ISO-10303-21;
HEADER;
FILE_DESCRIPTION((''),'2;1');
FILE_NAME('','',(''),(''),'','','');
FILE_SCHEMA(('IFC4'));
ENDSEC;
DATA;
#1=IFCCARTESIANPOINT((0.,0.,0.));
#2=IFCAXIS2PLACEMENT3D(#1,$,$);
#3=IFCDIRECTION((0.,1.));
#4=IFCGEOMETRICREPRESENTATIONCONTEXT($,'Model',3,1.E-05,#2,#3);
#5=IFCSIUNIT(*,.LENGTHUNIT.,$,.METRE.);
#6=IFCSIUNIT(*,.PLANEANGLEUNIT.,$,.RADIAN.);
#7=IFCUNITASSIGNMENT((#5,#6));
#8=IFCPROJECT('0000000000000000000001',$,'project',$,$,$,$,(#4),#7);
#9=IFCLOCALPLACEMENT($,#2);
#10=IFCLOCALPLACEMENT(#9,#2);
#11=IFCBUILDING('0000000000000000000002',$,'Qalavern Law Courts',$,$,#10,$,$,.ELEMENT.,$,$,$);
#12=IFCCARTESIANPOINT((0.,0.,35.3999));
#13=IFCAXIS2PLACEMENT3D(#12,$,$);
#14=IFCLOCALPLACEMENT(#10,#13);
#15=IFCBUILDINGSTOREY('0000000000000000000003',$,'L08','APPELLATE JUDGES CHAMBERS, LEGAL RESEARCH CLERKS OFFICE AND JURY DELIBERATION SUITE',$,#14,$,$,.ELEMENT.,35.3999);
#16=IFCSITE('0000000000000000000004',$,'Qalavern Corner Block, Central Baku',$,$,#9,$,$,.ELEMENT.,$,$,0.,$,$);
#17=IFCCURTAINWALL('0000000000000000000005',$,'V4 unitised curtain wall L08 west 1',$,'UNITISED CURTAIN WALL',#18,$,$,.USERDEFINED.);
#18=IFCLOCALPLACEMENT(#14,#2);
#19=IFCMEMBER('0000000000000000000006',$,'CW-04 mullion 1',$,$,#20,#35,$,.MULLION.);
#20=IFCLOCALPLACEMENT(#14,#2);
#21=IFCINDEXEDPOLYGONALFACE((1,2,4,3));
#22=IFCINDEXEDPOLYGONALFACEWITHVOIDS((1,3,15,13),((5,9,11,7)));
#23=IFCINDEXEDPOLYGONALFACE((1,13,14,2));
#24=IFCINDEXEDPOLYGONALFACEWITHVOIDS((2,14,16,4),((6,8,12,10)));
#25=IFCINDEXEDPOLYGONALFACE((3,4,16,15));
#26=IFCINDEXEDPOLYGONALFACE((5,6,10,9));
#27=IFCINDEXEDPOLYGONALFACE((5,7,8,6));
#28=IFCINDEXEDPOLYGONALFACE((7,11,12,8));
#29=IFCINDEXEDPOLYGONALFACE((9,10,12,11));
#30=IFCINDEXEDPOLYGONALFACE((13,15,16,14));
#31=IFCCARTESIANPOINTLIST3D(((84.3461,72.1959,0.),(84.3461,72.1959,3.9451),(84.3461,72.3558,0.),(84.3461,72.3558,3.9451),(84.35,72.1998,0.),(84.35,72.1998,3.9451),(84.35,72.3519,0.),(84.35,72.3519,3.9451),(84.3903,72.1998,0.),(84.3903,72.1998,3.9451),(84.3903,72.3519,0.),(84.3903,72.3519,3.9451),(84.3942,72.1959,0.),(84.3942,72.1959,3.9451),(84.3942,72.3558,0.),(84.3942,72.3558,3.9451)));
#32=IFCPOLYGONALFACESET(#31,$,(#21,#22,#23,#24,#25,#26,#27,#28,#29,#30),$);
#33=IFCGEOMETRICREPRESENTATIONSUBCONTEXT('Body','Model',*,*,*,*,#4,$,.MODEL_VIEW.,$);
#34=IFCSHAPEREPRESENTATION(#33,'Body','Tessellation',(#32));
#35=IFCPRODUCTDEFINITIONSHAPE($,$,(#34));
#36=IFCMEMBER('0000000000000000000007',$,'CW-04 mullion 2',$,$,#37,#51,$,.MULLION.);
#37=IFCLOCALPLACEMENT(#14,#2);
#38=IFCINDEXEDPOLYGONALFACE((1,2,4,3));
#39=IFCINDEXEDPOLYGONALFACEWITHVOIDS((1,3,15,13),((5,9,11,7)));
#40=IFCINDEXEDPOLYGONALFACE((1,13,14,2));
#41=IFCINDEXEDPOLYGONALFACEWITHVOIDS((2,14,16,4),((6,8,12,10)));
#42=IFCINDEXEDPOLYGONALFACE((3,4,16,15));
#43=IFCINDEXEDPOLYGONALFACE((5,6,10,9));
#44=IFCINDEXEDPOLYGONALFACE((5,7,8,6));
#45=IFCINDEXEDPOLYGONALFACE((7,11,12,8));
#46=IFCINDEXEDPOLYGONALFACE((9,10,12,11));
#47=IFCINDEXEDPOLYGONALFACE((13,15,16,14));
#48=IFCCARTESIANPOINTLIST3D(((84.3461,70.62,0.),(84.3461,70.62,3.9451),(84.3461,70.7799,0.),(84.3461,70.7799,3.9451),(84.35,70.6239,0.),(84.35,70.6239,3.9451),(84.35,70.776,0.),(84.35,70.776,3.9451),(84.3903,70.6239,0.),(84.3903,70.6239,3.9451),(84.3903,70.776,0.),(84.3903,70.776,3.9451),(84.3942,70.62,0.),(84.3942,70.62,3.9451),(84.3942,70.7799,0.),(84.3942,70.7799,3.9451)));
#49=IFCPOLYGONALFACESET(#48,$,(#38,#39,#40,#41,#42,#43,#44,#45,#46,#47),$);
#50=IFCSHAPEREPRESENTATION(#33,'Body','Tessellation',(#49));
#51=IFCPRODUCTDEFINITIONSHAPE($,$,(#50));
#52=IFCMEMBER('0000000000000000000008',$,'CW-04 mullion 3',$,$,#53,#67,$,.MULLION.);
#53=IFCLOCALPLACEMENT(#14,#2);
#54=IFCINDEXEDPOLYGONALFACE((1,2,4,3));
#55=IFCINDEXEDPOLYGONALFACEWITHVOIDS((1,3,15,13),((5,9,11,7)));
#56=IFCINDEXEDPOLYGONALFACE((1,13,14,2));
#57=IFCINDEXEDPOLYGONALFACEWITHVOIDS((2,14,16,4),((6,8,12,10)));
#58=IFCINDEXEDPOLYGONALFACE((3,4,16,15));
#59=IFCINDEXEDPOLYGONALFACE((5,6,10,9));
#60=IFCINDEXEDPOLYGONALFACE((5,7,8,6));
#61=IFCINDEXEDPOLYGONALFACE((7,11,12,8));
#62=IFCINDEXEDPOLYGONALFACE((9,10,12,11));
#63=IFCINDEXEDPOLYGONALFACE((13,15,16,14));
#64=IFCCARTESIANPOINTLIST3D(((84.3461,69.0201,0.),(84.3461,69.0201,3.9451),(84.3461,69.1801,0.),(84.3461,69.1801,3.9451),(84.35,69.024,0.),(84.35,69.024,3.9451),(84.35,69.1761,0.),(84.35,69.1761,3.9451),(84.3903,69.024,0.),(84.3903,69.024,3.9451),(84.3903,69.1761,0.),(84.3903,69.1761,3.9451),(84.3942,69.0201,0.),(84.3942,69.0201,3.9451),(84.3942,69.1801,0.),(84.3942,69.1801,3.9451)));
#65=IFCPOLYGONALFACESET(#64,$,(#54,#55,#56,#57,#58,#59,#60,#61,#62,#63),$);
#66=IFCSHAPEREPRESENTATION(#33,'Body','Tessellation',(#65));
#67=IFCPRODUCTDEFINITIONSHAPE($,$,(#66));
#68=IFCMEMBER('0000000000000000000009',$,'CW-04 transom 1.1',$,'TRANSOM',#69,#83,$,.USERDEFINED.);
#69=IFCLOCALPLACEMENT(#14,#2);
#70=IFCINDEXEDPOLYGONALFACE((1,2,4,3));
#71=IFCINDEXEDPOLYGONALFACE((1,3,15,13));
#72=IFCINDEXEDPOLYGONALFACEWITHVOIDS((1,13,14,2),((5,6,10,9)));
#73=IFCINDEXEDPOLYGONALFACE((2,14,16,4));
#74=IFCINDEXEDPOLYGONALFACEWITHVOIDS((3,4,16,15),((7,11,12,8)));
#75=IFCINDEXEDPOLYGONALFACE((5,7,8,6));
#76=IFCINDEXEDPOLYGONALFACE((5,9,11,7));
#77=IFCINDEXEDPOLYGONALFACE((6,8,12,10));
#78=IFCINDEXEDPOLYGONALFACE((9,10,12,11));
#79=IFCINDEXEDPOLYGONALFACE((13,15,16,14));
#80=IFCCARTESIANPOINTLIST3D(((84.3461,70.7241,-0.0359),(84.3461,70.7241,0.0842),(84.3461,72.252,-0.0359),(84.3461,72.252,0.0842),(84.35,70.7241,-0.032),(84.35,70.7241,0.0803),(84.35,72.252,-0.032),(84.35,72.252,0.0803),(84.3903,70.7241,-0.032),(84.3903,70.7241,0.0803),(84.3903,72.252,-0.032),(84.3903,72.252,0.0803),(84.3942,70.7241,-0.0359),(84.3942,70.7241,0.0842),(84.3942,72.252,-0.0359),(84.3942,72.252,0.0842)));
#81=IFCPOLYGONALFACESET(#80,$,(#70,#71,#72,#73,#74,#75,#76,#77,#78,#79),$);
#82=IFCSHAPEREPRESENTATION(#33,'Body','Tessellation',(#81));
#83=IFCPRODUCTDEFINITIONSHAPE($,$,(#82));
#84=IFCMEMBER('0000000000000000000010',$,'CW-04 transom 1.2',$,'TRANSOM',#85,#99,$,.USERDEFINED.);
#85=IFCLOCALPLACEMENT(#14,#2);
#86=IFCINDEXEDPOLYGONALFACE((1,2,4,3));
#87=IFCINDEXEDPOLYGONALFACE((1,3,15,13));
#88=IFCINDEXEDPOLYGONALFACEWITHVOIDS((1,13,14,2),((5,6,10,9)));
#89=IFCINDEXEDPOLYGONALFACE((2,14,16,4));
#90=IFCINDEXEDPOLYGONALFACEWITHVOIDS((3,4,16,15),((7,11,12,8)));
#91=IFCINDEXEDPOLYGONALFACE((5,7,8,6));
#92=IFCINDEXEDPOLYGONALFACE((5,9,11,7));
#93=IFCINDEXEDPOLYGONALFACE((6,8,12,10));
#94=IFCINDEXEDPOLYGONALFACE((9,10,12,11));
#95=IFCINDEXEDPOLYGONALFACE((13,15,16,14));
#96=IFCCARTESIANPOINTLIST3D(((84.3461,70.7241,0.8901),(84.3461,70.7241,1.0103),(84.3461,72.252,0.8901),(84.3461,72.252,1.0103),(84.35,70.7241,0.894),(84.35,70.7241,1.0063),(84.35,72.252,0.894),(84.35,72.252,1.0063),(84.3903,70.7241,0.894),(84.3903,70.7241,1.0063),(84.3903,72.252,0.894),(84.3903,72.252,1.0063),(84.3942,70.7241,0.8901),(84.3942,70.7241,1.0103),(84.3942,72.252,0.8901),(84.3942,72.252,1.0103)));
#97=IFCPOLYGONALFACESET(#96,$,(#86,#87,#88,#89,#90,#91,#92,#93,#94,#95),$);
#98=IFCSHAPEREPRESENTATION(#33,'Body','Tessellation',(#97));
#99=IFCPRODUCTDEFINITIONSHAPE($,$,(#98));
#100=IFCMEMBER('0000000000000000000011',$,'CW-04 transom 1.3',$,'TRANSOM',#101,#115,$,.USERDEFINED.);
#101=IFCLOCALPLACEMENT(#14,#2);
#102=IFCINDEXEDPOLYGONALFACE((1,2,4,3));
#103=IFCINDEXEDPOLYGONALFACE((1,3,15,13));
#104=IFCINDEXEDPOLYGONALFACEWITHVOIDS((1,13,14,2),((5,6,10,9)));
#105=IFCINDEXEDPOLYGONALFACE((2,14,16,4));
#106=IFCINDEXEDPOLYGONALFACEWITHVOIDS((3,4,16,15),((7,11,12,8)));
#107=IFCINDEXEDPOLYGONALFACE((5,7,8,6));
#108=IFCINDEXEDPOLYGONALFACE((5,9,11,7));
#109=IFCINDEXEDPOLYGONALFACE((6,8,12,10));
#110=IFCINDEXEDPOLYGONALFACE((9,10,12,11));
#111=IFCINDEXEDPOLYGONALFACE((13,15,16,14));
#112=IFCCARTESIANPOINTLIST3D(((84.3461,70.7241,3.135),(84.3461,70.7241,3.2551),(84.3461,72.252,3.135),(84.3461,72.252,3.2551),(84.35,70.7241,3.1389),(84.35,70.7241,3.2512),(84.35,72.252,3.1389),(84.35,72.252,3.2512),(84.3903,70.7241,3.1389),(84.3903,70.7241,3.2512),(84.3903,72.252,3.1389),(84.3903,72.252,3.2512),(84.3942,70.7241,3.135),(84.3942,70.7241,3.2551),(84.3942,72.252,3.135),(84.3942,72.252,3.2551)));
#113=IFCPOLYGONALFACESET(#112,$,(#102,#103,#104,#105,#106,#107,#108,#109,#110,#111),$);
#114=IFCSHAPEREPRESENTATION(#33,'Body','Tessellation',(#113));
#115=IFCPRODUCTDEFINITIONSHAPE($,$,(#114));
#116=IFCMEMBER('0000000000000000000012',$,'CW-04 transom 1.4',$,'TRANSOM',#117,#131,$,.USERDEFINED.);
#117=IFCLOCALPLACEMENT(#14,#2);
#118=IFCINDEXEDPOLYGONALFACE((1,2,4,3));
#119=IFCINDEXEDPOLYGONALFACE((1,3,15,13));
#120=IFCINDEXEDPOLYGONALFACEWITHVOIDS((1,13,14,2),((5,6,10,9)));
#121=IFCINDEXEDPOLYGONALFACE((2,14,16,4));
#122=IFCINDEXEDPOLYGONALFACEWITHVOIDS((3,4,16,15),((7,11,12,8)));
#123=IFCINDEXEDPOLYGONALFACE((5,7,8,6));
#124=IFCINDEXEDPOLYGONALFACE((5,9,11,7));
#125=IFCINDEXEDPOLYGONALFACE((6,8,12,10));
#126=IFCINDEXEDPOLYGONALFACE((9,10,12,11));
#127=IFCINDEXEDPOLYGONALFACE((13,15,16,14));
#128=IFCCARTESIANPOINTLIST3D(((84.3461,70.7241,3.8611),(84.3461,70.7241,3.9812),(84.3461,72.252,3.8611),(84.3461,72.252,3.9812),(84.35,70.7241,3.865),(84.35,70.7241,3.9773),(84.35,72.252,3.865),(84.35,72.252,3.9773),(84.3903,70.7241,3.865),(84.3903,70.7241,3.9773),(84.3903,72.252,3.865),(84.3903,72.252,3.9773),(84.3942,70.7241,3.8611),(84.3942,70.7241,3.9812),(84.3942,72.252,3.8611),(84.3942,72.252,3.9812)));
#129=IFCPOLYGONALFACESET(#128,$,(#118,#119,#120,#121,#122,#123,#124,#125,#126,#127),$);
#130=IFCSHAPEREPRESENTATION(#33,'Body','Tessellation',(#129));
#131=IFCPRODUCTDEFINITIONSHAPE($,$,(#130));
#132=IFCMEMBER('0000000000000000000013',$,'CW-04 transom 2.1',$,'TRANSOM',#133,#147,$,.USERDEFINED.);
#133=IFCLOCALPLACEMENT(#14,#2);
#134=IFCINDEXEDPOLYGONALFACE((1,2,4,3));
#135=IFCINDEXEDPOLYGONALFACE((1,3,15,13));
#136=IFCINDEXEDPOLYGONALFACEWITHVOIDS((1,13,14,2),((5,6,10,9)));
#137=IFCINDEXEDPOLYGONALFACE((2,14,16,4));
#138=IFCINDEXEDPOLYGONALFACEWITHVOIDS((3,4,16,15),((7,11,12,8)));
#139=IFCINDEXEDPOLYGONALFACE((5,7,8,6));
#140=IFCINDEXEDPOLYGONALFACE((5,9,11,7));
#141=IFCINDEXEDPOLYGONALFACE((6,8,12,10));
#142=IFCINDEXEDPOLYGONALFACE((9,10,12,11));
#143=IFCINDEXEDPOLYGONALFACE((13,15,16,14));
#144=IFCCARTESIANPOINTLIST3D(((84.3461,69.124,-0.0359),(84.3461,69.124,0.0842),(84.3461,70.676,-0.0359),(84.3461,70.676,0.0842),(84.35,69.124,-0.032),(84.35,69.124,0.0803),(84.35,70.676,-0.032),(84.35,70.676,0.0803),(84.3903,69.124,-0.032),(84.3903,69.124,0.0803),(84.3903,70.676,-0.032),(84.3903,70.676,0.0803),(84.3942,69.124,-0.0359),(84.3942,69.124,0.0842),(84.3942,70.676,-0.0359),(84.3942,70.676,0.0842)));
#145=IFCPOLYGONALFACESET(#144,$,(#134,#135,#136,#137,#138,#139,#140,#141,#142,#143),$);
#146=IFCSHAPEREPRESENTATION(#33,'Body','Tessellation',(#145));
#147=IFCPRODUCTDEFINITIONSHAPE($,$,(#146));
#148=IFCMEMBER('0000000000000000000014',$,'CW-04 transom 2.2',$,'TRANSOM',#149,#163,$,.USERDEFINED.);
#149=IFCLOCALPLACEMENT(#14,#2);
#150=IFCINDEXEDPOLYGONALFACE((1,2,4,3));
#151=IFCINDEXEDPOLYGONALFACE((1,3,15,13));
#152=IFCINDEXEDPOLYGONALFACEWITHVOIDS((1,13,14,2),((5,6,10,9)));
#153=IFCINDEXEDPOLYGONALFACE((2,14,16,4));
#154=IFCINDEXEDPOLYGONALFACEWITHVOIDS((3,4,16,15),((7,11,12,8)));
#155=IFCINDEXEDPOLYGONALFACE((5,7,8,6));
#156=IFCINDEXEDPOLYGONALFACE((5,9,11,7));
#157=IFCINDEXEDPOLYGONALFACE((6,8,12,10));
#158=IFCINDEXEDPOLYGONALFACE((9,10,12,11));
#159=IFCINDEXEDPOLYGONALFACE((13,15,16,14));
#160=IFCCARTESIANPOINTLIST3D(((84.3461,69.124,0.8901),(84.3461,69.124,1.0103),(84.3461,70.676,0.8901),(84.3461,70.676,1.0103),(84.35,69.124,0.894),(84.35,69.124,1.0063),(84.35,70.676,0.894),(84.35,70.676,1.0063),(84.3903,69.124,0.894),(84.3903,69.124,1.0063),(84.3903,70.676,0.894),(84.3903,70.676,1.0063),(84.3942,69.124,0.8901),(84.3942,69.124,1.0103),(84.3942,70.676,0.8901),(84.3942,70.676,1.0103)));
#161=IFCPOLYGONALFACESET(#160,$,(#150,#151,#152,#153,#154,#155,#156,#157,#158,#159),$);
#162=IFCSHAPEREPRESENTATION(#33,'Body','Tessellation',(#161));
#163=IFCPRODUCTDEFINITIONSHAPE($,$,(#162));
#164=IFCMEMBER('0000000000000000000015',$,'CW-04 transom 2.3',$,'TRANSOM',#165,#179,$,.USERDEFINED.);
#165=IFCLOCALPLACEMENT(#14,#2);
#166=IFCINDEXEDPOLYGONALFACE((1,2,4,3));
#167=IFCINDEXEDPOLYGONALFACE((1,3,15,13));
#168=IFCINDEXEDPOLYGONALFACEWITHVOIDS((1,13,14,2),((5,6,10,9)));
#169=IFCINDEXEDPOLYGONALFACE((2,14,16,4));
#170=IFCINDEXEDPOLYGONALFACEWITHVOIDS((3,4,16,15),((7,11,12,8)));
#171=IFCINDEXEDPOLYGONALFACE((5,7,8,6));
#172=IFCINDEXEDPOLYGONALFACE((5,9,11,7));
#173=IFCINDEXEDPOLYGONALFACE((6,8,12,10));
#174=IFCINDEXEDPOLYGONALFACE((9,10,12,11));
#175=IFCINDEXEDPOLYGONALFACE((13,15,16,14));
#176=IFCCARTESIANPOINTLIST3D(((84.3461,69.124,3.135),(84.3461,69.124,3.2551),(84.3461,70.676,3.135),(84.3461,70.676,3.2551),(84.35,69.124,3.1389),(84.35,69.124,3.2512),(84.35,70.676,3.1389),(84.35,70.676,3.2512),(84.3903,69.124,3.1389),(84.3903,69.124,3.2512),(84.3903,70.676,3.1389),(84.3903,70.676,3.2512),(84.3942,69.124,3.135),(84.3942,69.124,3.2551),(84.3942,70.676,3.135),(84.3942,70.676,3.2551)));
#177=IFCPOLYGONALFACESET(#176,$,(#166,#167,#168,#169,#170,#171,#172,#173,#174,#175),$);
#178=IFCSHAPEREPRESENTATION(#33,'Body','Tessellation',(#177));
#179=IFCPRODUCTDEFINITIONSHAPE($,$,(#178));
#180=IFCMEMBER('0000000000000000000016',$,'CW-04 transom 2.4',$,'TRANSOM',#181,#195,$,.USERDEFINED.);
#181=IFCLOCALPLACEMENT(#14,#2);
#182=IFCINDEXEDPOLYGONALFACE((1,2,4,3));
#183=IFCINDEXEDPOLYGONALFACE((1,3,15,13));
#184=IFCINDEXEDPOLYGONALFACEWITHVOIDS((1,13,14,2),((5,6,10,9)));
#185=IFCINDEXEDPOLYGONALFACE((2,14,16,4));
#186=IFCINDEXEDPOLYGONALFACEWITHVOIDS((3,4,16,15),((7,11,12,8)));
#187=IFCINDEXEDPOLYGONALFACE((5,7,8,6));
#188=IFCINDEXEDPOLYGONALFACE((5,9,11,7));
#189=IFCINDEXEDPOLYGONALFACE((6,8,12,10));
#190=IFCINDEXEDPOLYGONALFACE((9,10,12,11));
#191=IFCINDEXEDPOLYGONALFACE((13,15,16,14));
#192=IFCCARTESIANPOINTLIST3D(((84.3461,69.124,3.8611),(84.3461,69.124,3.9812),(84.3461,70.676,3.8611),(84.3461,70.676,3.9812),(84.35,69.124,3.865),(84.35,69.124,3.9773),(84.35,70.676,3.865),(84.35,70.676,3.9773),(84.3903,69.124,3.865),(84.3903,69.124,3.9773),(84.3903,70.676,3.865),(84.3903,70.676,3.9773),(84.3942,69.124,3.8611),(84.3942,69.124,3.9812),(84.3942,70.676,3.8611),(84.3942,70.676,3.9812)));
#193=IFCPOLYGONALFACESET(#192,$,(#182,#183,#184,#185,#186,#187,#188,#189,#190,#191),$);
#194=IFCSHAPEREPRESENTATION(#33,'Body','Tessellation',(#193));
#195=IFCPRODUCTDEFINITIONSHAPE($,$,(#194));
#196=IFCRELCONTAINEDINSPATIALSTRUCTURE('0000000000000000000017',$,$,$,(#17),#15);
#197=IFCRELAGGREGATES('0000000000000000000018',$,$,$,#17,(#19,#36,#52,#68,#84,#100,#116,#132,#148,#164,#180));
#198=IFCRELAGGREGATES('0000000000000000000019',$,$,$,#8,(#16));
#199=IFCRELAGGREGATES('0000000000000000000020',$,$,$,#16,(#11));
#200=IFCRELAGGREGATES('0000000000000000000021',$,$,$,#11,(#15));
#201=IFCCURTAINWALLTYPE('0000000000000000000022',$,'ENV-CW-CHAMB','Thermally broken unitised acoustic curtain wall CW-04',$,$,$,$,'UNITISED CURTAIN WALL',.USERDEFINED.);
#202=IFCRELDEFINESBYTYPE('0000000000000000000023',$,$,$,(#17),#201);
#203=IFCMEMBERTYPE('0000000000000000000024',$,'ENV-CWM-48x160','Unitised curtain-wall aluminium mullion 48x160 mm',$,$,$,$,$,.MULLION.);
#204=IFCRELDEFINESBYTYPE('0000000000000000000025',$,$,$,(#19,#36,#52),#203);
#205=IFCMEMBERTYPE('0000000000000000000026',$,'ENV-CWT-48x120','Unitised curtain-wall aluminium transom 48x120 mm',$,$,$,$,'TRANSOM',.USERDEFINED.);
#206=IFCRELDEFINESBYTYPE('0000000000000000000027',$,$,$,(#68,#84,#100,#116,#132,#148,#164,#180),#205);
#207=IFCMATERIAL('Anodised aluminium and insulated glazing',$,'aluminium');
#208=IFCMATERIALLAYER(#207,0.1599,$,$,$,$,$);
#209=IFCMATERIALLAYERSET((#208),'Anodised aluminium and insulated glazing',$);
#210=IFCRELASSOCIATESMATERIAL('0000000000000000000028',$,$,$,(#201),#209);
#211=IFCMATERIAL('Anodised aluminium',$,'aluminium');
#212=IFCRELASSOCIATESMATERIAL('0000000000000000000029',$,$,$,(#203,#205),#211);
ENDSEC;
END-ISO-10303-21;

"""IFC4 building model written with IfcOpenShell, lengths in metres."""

from ifc_helpers import new_model, si_unit, direction, frame, origin, origin_2d, place, context, subcontext, project, spatial, hollow_rectangle, extrude, material, layer, layer_set, material_profile, profile_set, type_object, element, aggregate, save


model = new_model("IFC4")

# Units and contexts
model_context = context("Model", 3, precision=1e-05, world=origin(), true_north=direction((0.0, 1.0)))
body_context = subcontext(model_context, "Body", "Model", "MODEL_VIEW")
ifc_project = project(units=[si_unit("LENGTHUNIT", "METRE"), si_unit("PLANEANGLEUNIT", "RADIAN")], contexts=[model_context])

# Site, building, storey
site_placement = place(None, origin())
site = spatial("IfcSite", under=ifc_project, at=site_placement, Name="Qalavern Corner Block, Central Baku", CompositionType="ELEMENT", RefElevation=0.0)
building_placement = place(site_placement, origin())
building = spatial("IfcBuilding", under=site, at=building_placement, Name="Qalavern Law Courts", CompositionType="ELEMENT")
storey_placement = place(building_placement, frame((0.0, 0.0, 35.3999)))
storey = spatial("IfcBuildingStorey", under=building, at=storey_placement, Name="L08", Description="APPELLATE JUDGES CHAMBERS, LEGAL RESEARCH CLERKS OFFICE AND JURY DELIBERATION SUITE", CompositionType="ELEMENT", Elevation=35.3999)

# Curtain wall, members
ifc_material_1 = material(Name="Anodised aluminium and insulated glazing", Category="aluminium")
ifc_layer_1 = layer(ifc_material_1, 0.1599)
ifc_layer_set_1 = layer_set([ifc_layer_1], Name="Anodised aluminium and insulated glazing")
curtain_wall_type = type_object("IfcCurtainWallType", Name="ENV-CW-CHAMB", Description="Thermally broken unitised acoustic curtain wall CW-04", ElementType="UNITISED CURTAIN WALL", PredefinedType="USERDEFINED", material=ifc_layer_set_1)
curtain_wall_placement = place(storey_placement, origin())
curtain_wall = element("IfcCurtainWall", 1, at=curtain_wall_placement, inside=storey, type_object=curtain_wall_type, Name="V4 unitised curtain wall L08 west 1", ObjectType="UNITISED CURTAIN WALL", PredefinedType="USERDEFINED")
ifc_material_2 = material(Name="Anodised aluminium", Category="aluminium")
ifc_material_profile_1 = material_profile(ifc_material_2, hollow_rectangle(XDim=0.0481, YDim=0.1599, WallThickness=0.0039, at=origin_2d()), Name="ALU MULLION 48x160")
ifc_profile_set_1 = profile_set([ifc_material_profile_1], Name="Anodised aluminium")
member_type_1 = type_object("IfcMemberType", Name="ENV-CWM-48x160", Description="Unitised curtain-wall aluminium mullion 48x160 mm", PredefinedType="MULLION", material=ifc_profile_set_1)
member_1_placement = place(storey_placement, frame((84.3701, 72.2759, 0.0), z_axis=(0.0, 0.0, 1.0), x_axis=(1.0, 0.0, 0.0)))
member_1 = element("IfcMember", 2, at=member_1_placement, type_object=member_type_1, Name="CW-04 mullion 1", PredefinedType="MULLION", context=body_context, shape_type="SweptSolid", body=[
    extrude(hollow_rectangle(XDim=0.0481, YDim=0.1599, WallThickness=0.0039, at=origin_2d()), origin(), (0.0, 0.0, 1.0), 3.9451),
])
member_2_placement = place(storey_placement, frame((84.3701, 70.7, 0.0), z_axis=(0.0, 0.0, 1.0), x_axis=(1.0, 0.0, 0.0)))
member_2 = element("IfcMember", 3, at=member_2_placement, type_object=member_type_1, Name="CW-04 mullion 2", PredefinedType="MULLION", context=body_context, shape_type="SweptSolid", body=[
    extrude(hollow_rectangle(XDim=0.0481, YDim=0.1599, WallThickness=0.0039, at=origin_2d()), origin(), (0.0, 0.0, 1.0), 3.9451),
])
member_3_placement = place(storey_placement, frame((84.3701, 69.1001, 0.0), z_axis=(0.0, 0.0, 1.0), x_axis=(1.0, 0.0, 0.0)))
member_3 = element("IfcMember", 4, at=member_3_placement, type_object=member_type_1, Name="CW-04 mullion 3", PredefinedType="MULLION", context=body_context, shape_type="SweptSolid", body=[
    extrude(hollow_rectangle(XDim=0.0481, YDim=0.1599, WallThickness=0.0039, at=origin_2d()), origin(), (0.0, 0.0, 1.0), 3.9451),
])
ifc_material_profile_2 = material_profile(ifc_material_2, hollow_rectangle(XDim=0.0481, YDim=0.1201, WallThickness=0.0039, at=origin_2d()), Name="ALU TRANSOM 48x120")
ifc_profile_set_2 = profile_set([ifc_material_profile_2], Name="Anodised aluminium")
member_type_2 = type_object("IfcMemberType", Name="ENV-CWT-48x120", Description="Unitised curtain-wall aluminium transom 48x120 mm", ElementType="TRANSOM", PredefinedType="USERDEFINED", material=ifc_profile_set_2)
member_4_placement = place(storey_placement, frame((84.3701, 72.252, 0.0242), z_axis=(0.0, -1.0, 0.0), x_axis=(1.0, 0.0, 0.0)))
member_4 = element("IfcMember", 5, at=member_4_placement, type_object=member_type_2, Name="CW-04 transom 1.1", ObjectType="TRANSOM", PredefinedType="USERDEFINED", context=body_context, shape_type="SweptSolid", body=[
    extrude(hollow_rectangle(XDim=0.0481, YDim=0.1201, WallThickness=0.0039, at=origin_2d()), origin(), (0.0, 0.0, 1.0), 1.5278),
])
member_5_placement = place(storey_placement, frame((84.3701, 72.252, 0.9502), z_axis=(0.0, -1.0, 0.0), x_axis=(1.0, 0.0, 0.0)))
member_5 = element("IfcMember", 6, at=member_5_placement, type_object=member_type_2, Name="CW-04 transom 1.2", ObjectType="TRANSOM", PredefinedType="USERDEFINED", context=body_context, shape_type="SweptSolid", body=[
    extrude(hollow_rectangle(XDim=0.0481, YDim=0.1201, WallThickness=0.0039, at=origin_2d()), origin(), (0.0, 0.0, 1.0), 1.5278),
])
member_6_placement = place(storey_placement, frame((84.3701, 72.252, 3.1951), z_axis=(0.0, -1.0, 0.0), x_axis=(1.0, 0.0, 0.0)))
member_6 = element("IfcMember", 7, at=member_6_placement, type_object=member_type_2, Name="CW-04 transom 1.3", ObjectType="TRANSOM", PredefinedType="USERDEFINED", context=body_context, shape_type="SweptSolid", body=[
    extrude(hollow_rectangle(XDim=0.0481, YDim=0.1201, WallThickness=0.0039, at=origin_2d()), origin(), (0.0, 0.0, 1.0), 1.5278),
])
member_7_placement = place(storey_placement, frame((84.3701, 72.252, 3.9211), z_axis=(0.0, -1.0, 0.0), x_axis=(1.0, 0.0, 0.0)))
member_7 = element("IfcMember", 8, at=member_7_placement, type_object=member_type_2, Name="CW-04 transom 1.4", ObjectType="TRANSOM", PredefinedType="USERDEFINED", context=body_context, shape_type="SweptSolid", body=[
    extrude(hollow_rectangle(XDim=0.0481, YDim=0.1201, WallThickness=0.0039, at=origin_2d()), origin(), (0.0, 0.0, 1.0), 1.5278),
])
member_8_placement = place(storey_placement, frame((84.3701, 70.676, 0.0242), z_axis=(0.0, -1.0, 0.0), x_axis=(1.0, 0.0, 0.0)))
member_8 = element("IfcMember", 9, at=member_8_placement, type_object=member_type_2, Name="CW-04 transom 2.1", ObjectType="TRANSOM", PredefinedType="USERDEFINED", context=body_context, shape_type="SweptSolid", body=[
    extrude(hollow_rectangle(XDim=0.0481, YDim=0.1201, WallThickness=0.0039, at=origin_2d()), origin(), (0.0, 0.0, 1.0), 1.552),
])
member_9_placement = place(storey_placement, frame((84.3701, 70.676, 0.9502), z_axis=(0.0, -1.0, 0.0), x_axis=(1.0, 0.0, 0.0)))
member_9 = element("IfcMember", 10, at=member_9_placement, type_object=member_type_2, Name="CW-04 transom 2.2", ObjectType="TRANSOM", PredefinedType="USERDEFINED", context=body_context, shape_type="SweptSolid", body=[
    extrude(hollow_rectangle(XDim=0.0481, YDim=0.1201, WallThickness=0.0039, at=origin_2d()), origin(), (0.0, 0.0, 1.0), 1.552),
])
member_10_placement = place(storey_placement, frame((84.3701, 70.676, 3.1951), z_axis=(0.0, -1.0, 0.0), x_axis=(1.0, 0.0, 0.0)))
member_10 = element("IfcMember", 11, at=member_10_placement, type_object=member_type_2, Name="CW-04 transom 2.3", ObjectType="TRANSOM", PredefinedType="USERDEFINED", context=body_context, shape_type="SweptSolid", body=[
    extrude(hollow_rectangle(XDim=0.0481, YDim=0.1201, WallThickness=0.0039, at=origin_2d()), origin(), (0.0, 0.0, 1.0), 1.552),
])
member_11_placement = place(storey_placement, frame((84.3701, 70.676, 3.9211), z_axis=(0.0, -1.0, 0.0), x_axis=(1.0, 0.0, 0.0)))
member_11 = element("IfcMember", 12, at=member_11_placement, type_object=member_type_2, Name="CW-04 transom 2.4", ObjectType="TRANSOM", PredefinedType="USERDEFINED", context=body_context, shape_type="SweptSolid", body=[
    extrude(hollow_rectangle(XDim=0.0481, YDim=0.1201, WallThickness=0.0039, at=origin_2d()), origin(), (0.0, 0.0, 1.0), 1.552),
])
aggregate(curtain_wall, [member_1, member_2, member_3, member_4, member_5, member_6, member_7, member_8, member_9, member_10, member_11])

save(model, "model.ifc")
